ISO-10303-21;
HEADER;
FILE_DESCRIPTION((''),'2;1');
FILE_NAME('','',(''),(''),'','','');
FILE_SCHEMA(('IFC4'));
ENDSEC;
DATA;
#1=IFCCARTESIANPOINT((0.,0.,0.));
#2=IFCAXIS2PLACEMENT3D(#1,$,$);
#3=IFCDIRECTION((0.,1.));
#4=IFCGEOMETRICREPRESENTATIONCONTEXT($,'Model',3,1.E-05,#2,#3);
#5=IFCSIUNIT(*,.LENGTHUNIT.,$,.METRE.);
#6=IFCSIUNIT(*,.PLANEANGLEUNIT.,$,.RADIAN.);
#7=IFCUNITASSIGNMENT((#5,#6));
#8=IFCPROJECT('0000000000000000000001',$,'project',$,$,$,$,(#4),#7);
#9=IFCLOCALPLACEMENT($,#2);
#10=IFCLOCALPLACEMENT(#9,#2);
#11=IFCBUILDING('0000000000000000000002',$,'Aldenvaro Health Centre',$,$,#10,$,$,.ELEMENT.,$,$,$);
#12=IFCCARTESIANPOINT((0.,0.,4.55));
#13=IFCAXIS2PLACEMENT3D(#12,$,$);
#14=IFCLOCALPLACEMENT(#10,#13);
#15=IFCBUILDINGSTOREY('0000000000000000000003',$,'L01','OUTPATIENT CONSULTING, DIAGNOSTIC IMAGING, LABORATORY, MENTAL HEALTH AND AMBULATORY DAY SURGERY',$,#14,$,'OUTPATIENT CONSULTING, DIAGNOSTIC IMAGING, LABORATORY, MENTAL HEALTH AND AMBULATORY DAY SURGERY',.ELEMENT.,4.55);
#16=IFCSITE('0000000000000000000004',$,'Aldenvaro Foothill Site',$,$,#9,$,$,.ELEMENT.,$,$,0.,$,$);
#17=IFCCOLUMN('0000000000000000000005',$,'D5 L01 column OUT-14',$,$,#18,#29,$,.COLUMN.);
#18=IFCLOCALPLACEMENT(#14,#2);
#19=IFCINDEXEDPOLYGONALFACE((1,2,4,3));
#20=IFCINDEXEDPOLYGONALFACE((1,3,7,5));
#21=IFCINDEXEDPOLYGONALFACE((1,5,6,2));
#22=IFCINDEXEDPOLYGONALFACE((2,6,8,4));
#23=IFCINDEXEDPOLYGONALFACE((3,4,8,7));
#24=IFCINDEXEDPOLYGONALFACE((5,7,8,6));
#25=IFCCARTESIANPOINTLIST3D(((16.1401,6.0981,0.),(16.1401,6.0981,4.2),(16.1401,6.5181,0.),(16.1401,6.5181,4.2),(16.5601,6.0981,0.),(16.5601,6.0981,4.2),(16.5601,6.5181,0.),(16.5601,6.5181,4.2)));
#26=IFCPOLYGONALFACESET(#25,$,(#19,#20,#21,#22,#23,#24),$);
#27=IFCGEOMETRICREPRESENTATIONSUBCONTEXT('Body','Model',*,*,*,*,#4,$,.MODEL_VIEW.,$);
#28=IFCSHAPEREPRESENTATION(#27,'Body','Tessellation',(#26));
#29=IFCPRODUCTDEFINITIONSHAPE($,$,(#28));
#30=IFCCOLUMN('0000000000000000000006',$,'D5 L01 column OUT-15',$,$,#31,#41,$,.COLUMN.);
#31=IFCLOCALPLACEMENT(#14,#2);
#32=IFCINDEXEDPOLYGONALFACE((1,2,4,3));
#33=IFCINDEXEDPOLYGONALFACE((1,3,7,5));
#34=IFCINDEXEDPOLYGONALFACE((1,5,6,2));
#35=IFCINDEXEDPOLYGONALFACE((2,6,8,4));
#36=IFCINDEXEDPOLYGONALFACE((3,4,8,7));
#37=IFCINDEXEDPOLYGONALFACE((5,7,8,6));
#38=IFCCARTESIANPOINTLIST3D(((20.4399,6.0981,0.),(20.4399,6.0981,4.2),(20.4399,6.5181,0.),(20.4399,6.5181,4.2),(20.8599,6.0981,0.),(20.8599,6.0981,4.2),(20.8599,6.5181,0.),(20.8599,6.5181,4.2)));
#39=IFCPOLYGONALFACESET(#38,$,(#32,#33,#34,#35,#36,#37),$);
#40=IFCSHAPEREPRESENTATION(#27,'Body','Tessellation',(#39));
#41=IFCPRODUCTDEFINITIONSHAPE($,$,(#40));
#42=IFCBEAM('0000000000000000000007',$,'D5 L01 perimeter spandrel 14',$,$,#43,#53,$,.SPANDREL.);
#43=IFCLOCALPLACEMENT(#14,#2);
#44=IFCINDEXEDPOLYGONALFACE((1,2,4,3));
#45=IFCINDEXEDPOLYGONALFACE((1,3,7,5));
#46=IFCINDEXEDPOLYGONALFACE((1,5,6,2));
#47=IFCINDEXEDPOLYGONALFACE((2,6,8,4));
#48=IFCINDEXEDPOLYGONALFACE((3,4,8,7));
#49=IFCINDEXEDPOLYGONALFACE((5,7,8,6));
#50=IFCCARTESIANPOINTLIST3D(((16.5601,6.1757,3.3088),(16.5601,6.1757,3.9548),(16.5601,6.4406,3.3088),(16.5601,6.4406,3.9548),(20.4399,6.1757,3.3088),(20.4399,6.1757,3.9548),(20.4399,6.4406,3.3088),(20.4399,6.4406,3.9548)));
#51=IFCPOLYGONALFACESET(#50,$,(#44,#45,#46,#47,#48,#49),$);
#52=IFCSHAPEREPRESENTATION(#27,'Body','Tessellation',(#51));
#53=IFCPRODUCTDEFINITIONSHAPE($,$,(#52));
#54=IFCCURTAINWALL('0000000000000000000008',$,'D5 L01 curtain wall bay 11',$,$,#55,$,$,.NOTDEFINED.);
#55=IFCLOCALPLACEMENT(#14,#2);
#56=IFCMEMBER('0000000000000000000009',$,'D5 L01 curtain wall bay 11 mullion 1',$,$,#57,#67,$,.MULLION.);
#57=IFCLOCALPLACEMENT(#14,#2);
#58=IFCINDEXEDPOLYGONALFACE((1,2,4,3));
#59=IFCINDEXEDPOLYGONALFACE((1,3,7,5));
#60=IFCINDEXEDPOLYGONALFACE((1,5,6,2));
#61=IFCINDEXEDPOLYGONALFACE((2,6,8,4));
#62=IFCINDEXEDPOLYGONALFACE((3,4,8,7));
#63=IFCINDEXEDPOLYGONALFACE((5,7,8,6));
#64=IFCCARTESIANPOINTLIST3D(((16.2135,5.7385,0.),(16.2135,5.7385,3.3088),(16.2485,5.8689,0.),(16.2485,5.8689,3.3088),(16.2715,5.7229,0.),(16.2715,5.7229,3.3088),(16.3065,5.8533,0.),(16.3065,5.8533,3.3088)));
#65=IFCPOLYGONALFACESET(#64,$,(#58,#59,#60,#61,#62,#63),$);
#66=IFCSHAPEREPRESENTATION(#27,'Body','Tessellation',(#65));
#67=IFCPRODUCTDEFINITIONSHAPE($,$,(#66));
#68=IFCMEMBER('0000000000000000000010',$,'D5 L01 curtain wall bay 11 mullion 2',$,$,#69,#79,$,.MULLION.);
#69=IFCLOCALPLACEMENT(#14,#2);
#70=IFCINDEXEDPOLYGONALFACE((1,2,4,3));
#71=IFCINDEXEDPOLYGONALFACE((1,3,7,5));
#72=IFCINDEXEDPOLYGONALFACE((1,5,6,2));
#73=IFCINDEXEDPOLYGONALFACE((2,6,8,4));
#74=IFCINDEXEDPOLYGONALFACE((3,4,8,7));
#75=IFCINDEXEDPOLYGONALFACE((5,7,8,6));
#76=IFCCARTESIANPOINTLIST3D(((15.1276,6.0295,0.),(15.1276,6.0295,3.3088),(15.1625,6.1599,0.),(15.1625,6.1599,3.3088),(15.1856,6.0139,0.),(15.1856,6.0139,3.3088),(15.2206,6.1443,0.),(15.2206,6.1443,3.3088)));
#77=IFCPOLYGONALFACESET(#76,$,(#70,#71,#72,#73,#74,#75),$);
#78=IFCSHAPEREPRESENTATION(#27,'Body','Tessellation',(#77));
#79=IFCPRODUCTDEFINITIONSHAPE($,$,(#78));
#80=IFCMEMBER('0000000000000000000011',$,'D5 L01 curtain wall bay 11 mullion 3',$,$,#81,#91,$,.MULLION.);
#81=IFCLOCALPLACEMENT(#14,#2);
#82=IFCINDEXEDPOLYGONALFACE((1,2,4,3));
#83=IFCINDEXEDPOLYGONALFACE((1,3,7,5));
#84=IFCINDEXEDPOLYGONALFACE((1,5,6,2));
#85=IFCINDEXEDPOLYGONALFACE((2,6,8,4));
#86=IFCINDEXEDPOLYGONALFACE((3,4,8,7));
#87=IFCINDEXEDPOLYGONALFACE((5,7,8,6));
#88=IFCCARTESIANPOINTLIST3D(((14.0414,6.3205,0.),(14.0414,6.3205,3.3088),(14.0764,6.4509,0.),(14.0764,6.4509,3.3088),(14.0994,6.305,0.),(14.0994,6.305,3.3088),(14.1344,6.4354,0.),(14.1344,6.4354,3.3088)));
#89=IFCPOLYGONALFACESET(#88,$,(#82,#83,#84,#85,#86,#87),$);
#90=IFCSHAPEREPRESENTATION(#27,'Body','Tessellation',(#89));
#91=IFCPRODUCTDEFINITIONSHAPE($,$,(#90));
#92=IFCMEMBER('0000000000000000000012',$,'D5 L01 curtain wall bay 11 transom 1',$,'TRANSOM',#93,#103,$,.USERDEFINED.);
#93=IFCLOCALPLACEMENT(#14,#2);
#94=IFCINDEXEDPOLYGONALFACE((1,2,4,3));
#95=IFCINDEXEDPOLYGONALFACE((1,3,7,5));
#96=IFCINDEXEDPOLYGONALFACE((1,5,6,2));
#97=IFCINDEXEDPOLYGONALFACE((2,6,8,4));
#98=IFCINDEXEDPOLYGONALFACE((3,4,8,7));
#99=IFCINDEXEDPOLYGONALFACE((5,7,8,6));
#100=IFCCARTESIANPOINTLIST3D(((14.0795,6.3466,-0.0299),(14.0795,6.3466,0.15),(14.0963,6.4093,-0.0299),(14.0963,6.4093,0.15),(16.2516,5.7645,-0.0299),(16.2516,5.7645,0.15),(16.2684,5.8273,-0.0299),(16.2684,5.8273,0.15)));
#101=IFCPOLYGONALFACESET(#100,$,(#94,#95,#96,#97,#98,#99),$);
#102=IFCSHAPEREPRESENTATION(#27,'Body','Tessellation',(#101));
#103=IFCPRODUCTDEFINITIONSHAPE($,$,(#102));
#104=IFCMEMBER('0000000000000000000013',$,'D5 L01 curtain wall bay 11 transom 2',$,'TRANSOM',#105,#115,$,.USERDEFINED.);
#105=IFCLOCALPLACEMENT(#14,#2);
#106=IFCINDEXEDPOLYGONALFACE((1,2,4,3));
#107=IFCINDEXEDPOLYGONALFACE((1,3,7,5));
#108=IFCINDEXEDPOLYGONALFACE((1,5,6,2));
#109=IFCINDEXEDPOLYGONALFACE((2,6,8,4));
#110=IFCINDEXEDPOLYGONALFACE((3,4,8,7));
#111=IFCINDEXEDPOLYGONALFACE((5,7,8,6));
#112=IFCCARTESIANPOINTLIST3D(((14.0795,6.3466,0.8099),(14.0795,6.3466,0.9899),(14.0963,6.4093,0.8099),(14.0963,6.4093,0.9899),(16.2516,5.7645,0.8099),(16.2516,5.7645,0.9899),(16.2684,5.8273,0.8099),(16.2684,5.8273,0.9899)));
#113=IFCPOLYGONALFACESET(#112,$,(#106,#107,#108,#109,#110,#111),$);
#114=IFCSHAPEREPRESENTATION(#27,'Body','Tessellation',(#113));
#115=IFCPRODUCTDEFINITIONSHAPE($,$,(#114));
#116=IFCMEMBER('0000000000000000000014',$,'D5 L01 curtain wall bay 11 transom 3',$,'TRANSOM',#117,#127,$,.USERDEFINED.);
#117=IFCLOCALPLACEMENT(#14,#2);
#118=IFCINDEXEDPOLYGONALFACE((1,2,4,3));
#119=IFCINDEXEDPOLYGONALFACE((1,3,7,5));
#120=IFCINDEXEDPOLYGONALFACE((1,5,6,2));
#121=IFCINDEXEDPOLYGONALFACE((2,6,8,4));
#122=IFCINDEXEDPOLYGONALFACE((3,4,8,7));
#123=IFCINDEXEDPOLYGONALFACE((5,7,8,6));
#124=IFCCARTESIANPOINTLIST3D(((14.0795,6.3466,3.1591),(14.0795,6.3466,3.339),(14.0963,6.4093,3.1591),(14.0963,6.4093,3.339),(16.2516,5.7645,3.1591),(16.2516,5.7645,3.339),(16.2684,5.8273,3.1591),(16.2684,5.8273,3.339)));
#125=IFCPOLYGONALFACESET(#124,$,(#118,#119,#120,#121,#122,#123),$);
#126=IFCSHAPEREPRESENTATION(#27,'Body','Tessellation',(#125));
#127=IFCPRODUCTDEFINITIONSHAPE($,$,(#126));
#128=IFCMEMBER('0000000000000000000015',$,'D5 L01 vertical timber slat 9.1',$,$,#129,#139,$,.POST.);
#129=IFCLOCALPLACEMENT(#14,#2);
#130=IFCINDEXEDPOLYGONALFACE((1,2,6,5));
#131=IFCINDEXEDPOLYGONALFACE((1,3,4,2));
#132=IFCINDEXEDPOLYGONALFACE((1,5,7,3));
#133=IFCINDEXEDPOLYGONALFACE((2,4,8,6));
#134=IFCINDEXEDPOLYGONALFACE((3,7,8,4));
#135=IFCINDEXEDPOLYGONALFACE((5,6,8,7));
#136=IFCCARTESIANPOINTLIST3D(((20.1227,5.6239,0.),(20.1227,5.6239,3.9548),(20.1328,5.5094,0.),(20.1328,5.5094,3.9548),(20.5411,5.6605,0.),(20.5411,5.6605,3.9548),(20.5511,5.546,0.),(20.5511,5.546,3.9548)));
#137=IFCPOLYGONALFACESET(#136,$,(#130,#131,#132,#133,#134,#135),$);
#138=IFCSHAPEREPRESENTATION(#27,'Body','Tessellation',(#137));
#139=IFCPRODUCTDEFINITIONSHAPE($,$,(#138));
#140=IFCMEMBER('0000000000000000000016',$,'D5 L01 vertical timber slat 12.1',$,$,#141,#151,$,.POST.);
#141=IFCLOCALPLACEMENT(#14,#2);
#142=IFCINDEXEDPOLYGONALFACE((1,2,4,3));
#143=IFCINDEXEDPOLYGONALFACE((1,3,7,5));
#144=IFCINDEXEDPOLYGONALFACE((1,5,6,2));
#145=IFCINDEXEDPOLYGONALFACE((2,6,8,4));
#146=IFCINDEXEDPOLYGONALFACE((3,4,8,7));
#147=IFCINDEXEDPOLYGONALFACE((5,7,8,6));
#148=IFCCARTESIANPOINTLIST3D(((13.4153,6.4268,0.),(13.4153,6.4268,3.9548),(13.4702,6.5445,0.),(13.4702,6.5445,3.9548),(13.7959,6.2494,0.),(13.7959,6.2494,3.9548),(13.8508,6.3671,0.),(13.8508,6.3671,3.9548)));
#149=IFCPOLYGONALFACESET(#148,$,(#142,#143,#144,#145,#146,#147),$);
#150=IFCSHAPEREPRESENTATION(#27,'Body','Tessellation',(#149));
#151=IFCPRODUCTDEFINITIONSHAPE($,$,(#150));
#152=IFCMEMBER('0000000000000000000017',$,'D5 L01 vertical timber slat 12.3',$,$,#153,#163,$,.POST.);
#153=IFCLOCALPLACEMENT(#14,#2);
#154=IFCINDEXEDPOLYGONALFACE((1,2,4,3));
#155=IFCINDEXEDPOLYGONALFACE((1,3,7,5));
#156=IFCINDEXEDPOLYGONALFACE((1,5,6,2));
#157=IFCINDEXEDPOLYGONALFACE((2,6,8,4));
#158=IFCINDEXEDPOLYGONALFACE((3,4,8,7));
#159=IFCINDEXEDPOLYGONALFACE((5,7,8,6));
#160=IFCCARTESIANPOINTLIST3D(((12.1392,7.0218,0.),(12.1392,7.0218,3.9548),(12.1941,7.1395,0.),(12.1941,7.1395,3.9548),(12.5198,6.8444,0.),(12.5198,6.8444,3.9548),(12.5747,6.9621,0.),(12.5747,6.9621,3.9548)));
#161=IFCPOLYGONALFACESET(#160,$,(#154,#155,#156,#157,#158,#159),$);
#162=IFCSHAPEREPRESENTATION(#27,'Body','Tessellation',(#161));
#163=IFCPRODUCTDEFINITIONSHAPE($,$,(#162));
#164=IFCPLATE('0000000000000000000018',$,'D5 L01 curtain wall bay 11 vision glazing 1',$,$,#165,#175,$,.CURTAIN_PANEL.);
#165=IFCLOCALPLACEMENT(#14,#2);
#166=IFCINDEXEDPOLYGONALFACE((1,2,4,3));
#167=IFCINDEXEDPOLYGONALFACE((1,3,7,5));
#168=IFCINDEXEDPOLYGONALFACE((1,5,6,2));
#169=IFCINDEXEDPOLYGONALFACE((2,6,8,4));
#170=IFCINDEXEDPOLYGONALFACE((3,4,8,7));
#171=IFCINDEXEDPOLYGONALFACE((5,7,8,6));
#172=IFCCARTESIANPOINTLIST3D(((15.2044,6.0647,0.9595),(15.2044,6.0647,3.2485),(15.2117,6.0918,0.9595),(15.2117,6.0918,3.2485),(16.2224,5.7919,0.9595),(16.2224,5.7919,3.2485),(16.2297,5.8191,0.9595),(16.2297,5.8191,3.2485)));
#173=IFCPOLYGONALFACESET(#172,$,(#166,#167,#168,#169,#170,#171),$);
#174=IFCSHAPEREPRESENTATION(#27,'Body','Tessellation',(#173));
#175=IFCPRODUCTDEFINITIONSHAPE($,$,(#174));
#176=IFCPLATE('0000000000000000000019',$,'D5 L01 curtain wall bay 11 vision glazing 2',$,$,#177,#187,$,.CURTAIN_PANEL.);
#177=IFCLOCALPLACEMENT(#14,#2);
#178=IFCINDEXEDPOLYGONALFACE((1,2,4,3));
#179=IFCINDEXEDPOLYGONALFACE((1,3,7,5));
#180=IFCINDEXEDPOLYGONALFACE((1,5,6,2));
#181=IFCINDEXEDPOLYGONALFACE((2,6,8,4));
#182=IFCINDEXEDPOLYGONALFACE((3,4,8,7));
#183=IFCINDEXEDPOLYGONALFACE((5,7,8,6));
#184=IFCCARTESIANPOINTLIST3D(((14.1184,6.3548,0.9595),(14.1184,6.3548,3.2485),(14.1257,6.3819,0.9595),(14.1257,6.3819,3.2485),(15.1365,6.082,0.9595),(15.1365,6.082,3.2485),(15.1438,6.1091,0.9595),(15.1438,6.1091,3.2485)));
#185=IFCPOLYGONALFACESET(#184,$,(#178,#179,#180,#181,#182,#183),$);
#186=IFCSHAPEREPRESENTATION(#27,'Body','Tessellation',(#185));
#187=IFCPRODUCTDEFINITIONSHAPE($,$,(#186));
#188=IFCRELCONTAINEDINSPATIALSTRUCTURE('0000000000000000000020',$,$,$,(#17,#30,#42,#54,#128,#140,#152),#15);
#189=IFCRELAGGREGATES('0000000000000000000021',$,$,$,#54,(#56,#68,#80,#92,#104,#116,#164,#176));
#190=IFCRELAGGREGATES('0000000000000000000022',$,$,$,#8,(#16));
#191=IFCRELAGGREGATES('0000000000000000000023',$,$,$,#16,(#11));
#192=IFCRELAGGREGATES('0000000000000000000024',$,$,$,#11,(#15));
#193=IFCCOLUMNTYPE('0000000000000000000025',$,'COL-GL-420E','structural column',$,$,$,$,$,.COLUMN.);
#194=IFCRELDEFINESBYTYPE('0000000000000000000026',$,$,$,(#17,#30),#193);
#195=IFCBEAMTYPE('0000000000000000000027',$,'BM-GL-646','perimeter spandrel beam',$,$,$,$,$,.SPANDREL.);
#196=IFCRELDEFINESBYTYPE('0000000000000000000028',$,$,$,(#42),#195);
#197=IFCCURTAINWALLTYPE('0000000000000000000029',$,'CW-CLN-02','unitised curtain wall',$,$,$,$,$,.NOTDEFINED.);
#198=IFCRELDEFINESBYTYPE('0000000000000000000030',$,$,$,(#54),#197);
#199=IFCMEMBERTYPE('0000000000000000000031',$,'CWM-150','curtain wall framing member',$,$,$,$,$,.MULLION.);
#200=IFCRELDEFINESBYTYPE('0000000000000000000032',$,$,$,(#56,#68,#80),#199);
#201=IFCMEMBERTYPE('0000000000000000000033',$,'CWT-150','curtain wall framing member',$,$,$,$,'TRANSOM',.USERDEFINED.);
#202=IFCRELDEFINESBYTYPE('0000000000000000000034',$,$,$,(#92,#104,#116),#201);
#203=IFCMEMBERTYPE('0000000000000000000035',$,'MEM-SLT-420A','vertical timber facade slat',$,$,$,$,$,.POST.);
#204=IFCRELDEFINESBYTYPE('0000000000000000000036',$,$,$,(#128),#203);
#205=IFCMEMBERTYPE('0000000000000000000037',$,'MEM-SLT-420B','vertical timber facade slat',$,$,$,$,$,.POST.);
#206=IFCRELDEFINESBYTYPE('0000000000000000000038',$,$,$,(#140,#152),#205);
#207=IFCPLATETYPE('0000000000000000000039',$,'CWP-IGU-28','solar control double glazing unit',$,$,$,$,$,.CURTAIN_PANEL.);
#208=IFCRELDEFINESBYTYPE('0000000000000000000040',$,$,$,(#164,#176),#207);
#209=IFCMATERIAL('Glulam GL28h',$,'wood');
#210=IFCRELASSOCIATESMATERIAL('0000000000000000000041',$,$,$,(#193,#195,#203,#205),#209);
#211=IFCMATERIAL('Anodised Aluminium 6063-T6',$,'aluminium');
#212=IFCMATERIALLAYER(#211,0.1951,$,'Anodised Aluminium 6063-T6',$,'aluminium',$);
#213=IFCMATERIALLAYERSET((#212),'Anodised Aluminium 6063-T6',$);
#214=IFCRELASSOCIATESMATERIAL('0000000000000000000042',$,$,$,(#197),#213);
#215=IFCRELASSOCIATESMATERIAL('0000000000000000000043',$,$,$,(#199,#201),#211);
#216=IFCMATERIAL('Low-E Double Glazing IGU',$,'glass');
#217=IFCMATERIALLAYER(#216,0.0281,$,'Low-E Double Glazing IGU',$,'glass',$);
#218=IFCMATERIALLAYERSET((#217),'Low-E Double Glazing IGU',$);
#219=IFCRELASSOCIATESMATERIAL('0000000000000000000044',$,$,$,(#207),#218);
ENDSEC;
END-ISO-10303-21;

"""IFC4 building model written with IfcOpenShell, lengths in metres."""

from ifc_helpers import new_model, si_unit, direction, frame, origin, origin_2d, place, context, subcontext, project, spatial, rectangle, extrude, material, layer, layer_set, material_profile, profile_set, type_object, element, aggregate, save


model = new_model("IFC4")

# Units and contexts
model_context = context("Model", 3, precision=1e-05, world=origin(), true_north=direction((0.0, 1.0)))
body_context = subcontext(model_context, "Body", "Model", "MODEL_VIEW")
ifc_project = project(units=[si_unit("LENGTHUNIT", "METRE"), si_unit("PLANEANGLEUNIT", "RADIAN")], contexts=[model_context])

# Site, building, storey
site_placement = place(None, origin())
site = spatial("IfcSite", under=ifc_project, at=site_placement, Name="Aldenvaro Foothill Site", CompositionType="ELEMENT", RefElevation=0.0)
building_placement = place(site_placement, origin())
building = spatial("IfcBuilding", under=site, at=building_placement, Name="Aldenvaro Health Centre", CompositionType="ELEMENT")
storey_placement = place(building_placement, frame((0.0, 0.0, 4.55)))
storey = spatial("IfcBuildingStorey", under=building, at=storey_placement, Name="L01", Description="OUTPATIENT CONSULTING, DIAGNOSTIC IMAGING, LABORATORY, MENTAL HEALTH AND AMBULATORY DAY SURGERY", LongName="OUTPATIENT CONSULTING, DIAGNOSTIC IMAGING, LABORATORY, MENTAL HEALTH AND AMBULATORY DAY SURGERY", CompositionType="ELEMENT", Elevation=4.55)

# Columns
ifc_material_1 = material(Name="Glulam GL28h", Category="wood")
ifc_material_profile_1 = material_profile(ifc_material_1, rectangle(XDim=0.4199, YDim=0.4199, at=origin_2d()), Name="GL 420x420", Category="wood")
ifc_profile_set_1 = profile_set([ifc_material_profile_1], Name="Glulam GL28h")
column_type = type_object("IfcColumnType", Name="COL-GL-420E", Description="structural column", PredefinedType="COLUMN", material=ifc_profile_set_1)
for number, where, z_axis, x_axis, name in (
    (1, (16.3501, 6.3081, 0.0), (0.0, 0.0, 1.0), (1.0, 0.0, 0.0), "D5 L01 column OUT-14"),
    (2, (20.6499, 6.3081, 0.0), (0.0, 0.0, 1.0), (1.0, 0.0, 0.0), "D5 L01 column OUT-15"),
):
    element("IfcColumn", number, at=place(storey_placement, frame(where, z_axis=z_axis, x_axis=x_axis)), inside=storey, type_object=column_type, Name=name, PredefinedType="COLUMN", context=body_context, shape_type="SweptSolid", body=[
        extrude(rectangle(XDim=0.4199, YDim=0.4199, at=origin_2d()), origin(), (0.0, 0.0, 1.0), 4.2),
    ])

# Beam
ifc_material_profile_2 = material_profile(ifc_material_1, rectangle(XDim=0.2649, YDim=0.646, at=origin_2d()), Name="GL 265x646", Category="wood")
ifc_profile_set_2 = profile_set([ifc_material_profile_2], Name="Glulam GL28h")
beam_type = type_object("IfcBeamType", Name="BM-GL-646", Description="perimeter spandrel beam", PredefinedType="SPANDREL", material=ifc_profile_set_2)
beam_placement = place(storey_placement, frame((16.5601, 6.3081, 3.6318), z_axis=(1.0, 0.0, 0.0), x_axis=(0.0, 1.0, 0.0)))
element("IfcBeam", 3, at=beam_placement, inside=storey, type_object=beam_type, Name="D5 L01 perimeter spandrel 14", PredefinedType="SPANDREL", context=body_context, shape_type="SweptSolid", body=[
    extrude(rectangle(XDim=0.2649, YDim=0.646, at=origin_2d()), origin(), (0.0, 0.0, 1.0), 3.8799),
])

# Curtain wall, members
ifc_material_2 = material(Name="Anodised Aluminium 6063-T6", Category="aluminium")
ifc_layer_1 = layer(ifc_material_2, 0.1951, Name="Anodised Aluminium 6063-T6", Category="aluminium")
ifc_layer_set_1 = layer_set([ifc_layer_1], Name="Anodised Aluminium 6063-T6")
curtain_wall_type = type_object("IfcCurtainWallType", Name="CW-CLN-02", Description="unitised curtain wall", PredefinedType="NOTDEFINED", material=ifc_layer_set_1)
curtain_wall_placement = place(storey_placement, origin())
curtain_wall = element("IfcCurtainWall", 4, at=curtain_wall_placement, inside=storey, type_object=curtain_wall_type, Name="D5 L01 curtain wall bay 11", PredefinedType="NOTDEFINED")
ifc_material_profile_3 = material_profile(ifc_material_2, rectangle(XDim=0.0601, YDim=0.135, at=origin_2d()), Name="ALU 60x135", Category="aluminium")
ifc_profile_set_3 = profile_set([ifc_material_profile_3], Name="Anodised Aluminium 6063-T6")
member_type_1 = type_object("IfcMemberType", Name="CWM-150", Description="curtain wall framing member", PredefinedType="MULLION", material=ifc_profile_set_3)
member_1_placement = place(storey_placement, frame((16.26, 5.7959, 0.0), z_axis=(0.0, 0.0, 1.0), x_axis=(-0.965924, 0.258825, 0.0)))
member_1 = element("IfcMember", 5, at=member_1_placement, type_object=member_type_1, Name="D5 L01 curtain wall bay 11 mullion 1", PredefinedType="MULLION", context=body_context, shape_type="SweptSolid", body=[
    extrude(rectangle(XDim=0.0601, YDim=0.135, at=origin_2d()), origin(), (0.0, 0.0, 1.0), 3.3088),
])
member_2_placement = place(storey_placement, frame((15.1741, 6.0869, 0.0), z_axis=(0.0, 0.0, 1.0), x_axis=(-0.965924, 0.258825, 0.0)))
member_2 = element("IfcMember", 6, at=member_2_placement, type_object=member_type_1, Name="D5 L01 curtain wall bay 11 mullion 2", PredefinedType="MULLION", context=body_context, shape_type="SweptSolid", body=[
    extrude(rectangle(XDim=0.0601, YDim=0.135, at=origin_2d()), origin(), (0.0, 0.0, 1.0), 3.3088),
])
member_3_placement = place(storey_placement, frame((14.0879, 6.3779, 0.0), z_axis=(0.0, 0.0, 1.0), x_axis=(-0.965924, 0.258825, 0.0)))
member_3 = element("IfcMember", 7, at=member_3_placement, type_object=member_type_1, Name="D5 L01 curtain wall bay 11 mullion 3", PredefinedType="MULLION", context=body_context, shape_type="SweptSolid", body=[
    extrude(rectangle(XDim=0.0601, YDim=0.135, at=origin_2d()), origin(), (0.0, 0.0, 1.0), 3.3088),
])
ifc_material_profile_4 = material_profile(ifc_material_2, rectangle(XDim=0.0649, YDim=0.1799, at=origin_2d()), Name="ALU 65x180", Category="aluminium")
ifc_profile_set_4 = profile_set([ifc_material_profile_4], Name="Anodised Aluminium 6063-T6")
member_type_2 = type_object("IfcMemberType", Name="CWT-150", Description="curtain wall framing member", ElementType="TRANSOM", PredefinedType="USERDEFINED", material=ifc_profile_set_4)
member_4_placement = place(storey_placement, frame((16.26, 5.7959, 0.0601), z_axis=(-0.965924, 0.258825, 0.0), x_axis=(-0.258825, -0.965924, 0.0)))
member_4 = element("IfcMember", 8, at=member_4_placement, type_object=member_type_2, Name="D5 L01 curtain wall bay 11 transom 1", ObjectType="TRANSOM", PredefinedType="USERDEFINED", context=body_context, shape_type="SweptSolid", body=[
    extrude(rectangle(XDim=0.0649, YDim=0.1799, at=origin_2d()), origin(), (0.0, 0.0, 1.0), 2.2488),
])
member_5_placement = place(storey_placement, frame((16.26, 5.7959, 0.8999), z_axis=(-0.965924, 0.258825, 0.0), x_axis=(-0.258825, -0.965924, 0.0)))
member_5 = element("IfcMember", 9, at=member_5_placement, type_object=member_type_2, Name="D5 L01 curtain wall bay 11 transom 2", ObjectType="TRANSOM", PredefinedType="USERDEFINED", context=body_context, shape_type="SweptSolid", body=[
    extrude(rectangle(XDim=0.0649, YDim=0.1799, at=origin_2d()), origin(), (0.0, 0.0, 1.0), 2.2488),
])
member_6_placement = place(storey_placement, frame((16.26, 5.7959, 3.249), z_axis=(-0.965924, 0.258825, 0.0), x_axis=(-0.258825, -0.965924, 0.0)))
member_6 = element("IfcMember", 10, at=member_6_placement, type_object=member_type_2, Name="D5 L01 curtain wall bay 11 transom 3", ObjectType="TRANSOM", PredefinedType="USERDEFINED", context=body_context, shape_type="SweptSolid", body=[
    extrude(rectangle(XDim=0.0649, YDim=0.1799, at=origin_2d()), origin(), (0.0, 0.0, 1.0), 2.2488),
])

# Members
ifc_material_profile_5 = material_profile(ifc_material_1, rectangle(XDim=0.115, YDim=0.4199, at=origin_2d()), Name="GL 115x420", Category="wood")
ifc_profile_set_5 = profile_set([ifc_material_profile_5], Name="Glulam GL28h")
member_type_3 = type_object("IfcMemberType", Name="MEM-SLT-420A", Description="vertical timber facade slat", PredefinedType="POST", material=ifc_profile_set_5)
member_7_placement = place(storey_placement, frame((20.3369, 5.585, 0.0), z_axis=(0.0, 0.0, 1.0), x_axis=(0.087167, -0.996194, 0.0)))
element("IfcMember", 11, at=member_7_placement, inside=storey, type_object=member_type_3, Name="D5 L01 vertical timber slat 9.1", PredefinedType="POST", context=body_context, shape_type="SweptSolid", body=[
    extrude(rectangle(XDim=0.115, YDim=0.4199, at=origin_2d()), origin(), (0.0, 0.0, 1.0), 3.9548),
])
ifc_material_profile_6 = material_profile(ifc_material_1, rectangle(XDim=0.1299, YDim=0.4199, at=origin_2d()), Name="GL 130x420", Category="wood")
ifc_profile_set_6 = profile_set([ifc_material_profile_6], Name="Glulam GL28h")
member_type_4 = type_object("IfcMemberType", Name="MEM-SLT-420B", Description="vertical timber facade slat", PredefinedType="POST", material=ifc_profile_set_6)
for number, where, z_axis, x_axis, name in (
    (12, (13.6331, 6.397, 0.0), (0.0, 0.0, 1.0), (-0.422496, -0.906365, 0.0), "D5 L01 vertical timber slat 12.1"),
    (13, (12.3569, 6.9919, 0.0), (0.0, 0.0, 1.0), (-0.422496, -0.906365, 0.0), "D5 L01 vertical timber slat 12.3"),
):
    element("IfcMember", number, at=place(storey_placement, frame(where, z_axis=z_axis, x_axis=x_axis)), inside=storey, type_object=member_type_4, Name=name, PredefinedType="POST", context=body_context, shape_type="SweptSolid", body=[
        extrude(rectangle(XDim=0.1299, YDim=0.4199, at=origin_2d()), origin(), (0.0, 0.0, 1.0), 3.9548),
    ])

# Plates
ifc_material_3 = material(Name="Low-E Double Glazing IGU", Category="glass")
ifc_layer_2 = layer(ifc_material_3, 0.0281, Name="Low-E Double Glazing IGU", Category="glass")
ifc_layer_set_2 = layer_set([ifc_layer_2], Name="Low-E Double Glazing IGU")
plate_type_1 = type_object("IfcPlateType", Name="CWP-IGU-28", Description="solar control double glazing unit", PredefinedType="CURTAIN_PANEL", material=ifc_layer_set_2)
plate_1_placement = place(storey_placement, frame((15.717, 5.9419, 0.9595), z_axis=(0.0, 0.0, 1.0), x_axis=(-0.965924, 0.258825, 0.0)))
plate_1 = element("IfcPlate", 14, at=plate_1_placement, type_object=plate_type_1, Name="D5 L01 curtain wall bay 11 vision glazing 1", PredefinedType="CURTAIN_PANEL", context=body_context, shape_type="SweptSolid", body=[
    extrude(rectangle(XDim=1.054, YDim=0.0281, at=origin_2d()), origin(), (0.0, 0.0, 1.0), 2.2891),
])
plate_2_placement = place(storey_placement, frame((14.6311, 6.2319, 0.9595), z_axis=(0.0, 0.0, 1.0), x_axis=(-0.965924, 0.258825, 0.0)))
plate_2 = element("IfcPlate", 15, at=plate_2_placement, type_object=plate_type_1, Name="D5 L01 curtain wall bay 11 vision glazing 2", PredefinedType="CURTAIN_PANEL", context=body_context, shape_type="SweptSolid", body=[
    extrude(rectangle(XDim=1.054, YDim=0.0281, at=origin_2d()), origin(), (0.0, 0.0, 1.0), 2.2891),
])
aggregate(curtain_wall, [member_1, member_2, member_3, member_4, member_5, member_6, plate_1, plate_2])

save(model, "model.ifc")
